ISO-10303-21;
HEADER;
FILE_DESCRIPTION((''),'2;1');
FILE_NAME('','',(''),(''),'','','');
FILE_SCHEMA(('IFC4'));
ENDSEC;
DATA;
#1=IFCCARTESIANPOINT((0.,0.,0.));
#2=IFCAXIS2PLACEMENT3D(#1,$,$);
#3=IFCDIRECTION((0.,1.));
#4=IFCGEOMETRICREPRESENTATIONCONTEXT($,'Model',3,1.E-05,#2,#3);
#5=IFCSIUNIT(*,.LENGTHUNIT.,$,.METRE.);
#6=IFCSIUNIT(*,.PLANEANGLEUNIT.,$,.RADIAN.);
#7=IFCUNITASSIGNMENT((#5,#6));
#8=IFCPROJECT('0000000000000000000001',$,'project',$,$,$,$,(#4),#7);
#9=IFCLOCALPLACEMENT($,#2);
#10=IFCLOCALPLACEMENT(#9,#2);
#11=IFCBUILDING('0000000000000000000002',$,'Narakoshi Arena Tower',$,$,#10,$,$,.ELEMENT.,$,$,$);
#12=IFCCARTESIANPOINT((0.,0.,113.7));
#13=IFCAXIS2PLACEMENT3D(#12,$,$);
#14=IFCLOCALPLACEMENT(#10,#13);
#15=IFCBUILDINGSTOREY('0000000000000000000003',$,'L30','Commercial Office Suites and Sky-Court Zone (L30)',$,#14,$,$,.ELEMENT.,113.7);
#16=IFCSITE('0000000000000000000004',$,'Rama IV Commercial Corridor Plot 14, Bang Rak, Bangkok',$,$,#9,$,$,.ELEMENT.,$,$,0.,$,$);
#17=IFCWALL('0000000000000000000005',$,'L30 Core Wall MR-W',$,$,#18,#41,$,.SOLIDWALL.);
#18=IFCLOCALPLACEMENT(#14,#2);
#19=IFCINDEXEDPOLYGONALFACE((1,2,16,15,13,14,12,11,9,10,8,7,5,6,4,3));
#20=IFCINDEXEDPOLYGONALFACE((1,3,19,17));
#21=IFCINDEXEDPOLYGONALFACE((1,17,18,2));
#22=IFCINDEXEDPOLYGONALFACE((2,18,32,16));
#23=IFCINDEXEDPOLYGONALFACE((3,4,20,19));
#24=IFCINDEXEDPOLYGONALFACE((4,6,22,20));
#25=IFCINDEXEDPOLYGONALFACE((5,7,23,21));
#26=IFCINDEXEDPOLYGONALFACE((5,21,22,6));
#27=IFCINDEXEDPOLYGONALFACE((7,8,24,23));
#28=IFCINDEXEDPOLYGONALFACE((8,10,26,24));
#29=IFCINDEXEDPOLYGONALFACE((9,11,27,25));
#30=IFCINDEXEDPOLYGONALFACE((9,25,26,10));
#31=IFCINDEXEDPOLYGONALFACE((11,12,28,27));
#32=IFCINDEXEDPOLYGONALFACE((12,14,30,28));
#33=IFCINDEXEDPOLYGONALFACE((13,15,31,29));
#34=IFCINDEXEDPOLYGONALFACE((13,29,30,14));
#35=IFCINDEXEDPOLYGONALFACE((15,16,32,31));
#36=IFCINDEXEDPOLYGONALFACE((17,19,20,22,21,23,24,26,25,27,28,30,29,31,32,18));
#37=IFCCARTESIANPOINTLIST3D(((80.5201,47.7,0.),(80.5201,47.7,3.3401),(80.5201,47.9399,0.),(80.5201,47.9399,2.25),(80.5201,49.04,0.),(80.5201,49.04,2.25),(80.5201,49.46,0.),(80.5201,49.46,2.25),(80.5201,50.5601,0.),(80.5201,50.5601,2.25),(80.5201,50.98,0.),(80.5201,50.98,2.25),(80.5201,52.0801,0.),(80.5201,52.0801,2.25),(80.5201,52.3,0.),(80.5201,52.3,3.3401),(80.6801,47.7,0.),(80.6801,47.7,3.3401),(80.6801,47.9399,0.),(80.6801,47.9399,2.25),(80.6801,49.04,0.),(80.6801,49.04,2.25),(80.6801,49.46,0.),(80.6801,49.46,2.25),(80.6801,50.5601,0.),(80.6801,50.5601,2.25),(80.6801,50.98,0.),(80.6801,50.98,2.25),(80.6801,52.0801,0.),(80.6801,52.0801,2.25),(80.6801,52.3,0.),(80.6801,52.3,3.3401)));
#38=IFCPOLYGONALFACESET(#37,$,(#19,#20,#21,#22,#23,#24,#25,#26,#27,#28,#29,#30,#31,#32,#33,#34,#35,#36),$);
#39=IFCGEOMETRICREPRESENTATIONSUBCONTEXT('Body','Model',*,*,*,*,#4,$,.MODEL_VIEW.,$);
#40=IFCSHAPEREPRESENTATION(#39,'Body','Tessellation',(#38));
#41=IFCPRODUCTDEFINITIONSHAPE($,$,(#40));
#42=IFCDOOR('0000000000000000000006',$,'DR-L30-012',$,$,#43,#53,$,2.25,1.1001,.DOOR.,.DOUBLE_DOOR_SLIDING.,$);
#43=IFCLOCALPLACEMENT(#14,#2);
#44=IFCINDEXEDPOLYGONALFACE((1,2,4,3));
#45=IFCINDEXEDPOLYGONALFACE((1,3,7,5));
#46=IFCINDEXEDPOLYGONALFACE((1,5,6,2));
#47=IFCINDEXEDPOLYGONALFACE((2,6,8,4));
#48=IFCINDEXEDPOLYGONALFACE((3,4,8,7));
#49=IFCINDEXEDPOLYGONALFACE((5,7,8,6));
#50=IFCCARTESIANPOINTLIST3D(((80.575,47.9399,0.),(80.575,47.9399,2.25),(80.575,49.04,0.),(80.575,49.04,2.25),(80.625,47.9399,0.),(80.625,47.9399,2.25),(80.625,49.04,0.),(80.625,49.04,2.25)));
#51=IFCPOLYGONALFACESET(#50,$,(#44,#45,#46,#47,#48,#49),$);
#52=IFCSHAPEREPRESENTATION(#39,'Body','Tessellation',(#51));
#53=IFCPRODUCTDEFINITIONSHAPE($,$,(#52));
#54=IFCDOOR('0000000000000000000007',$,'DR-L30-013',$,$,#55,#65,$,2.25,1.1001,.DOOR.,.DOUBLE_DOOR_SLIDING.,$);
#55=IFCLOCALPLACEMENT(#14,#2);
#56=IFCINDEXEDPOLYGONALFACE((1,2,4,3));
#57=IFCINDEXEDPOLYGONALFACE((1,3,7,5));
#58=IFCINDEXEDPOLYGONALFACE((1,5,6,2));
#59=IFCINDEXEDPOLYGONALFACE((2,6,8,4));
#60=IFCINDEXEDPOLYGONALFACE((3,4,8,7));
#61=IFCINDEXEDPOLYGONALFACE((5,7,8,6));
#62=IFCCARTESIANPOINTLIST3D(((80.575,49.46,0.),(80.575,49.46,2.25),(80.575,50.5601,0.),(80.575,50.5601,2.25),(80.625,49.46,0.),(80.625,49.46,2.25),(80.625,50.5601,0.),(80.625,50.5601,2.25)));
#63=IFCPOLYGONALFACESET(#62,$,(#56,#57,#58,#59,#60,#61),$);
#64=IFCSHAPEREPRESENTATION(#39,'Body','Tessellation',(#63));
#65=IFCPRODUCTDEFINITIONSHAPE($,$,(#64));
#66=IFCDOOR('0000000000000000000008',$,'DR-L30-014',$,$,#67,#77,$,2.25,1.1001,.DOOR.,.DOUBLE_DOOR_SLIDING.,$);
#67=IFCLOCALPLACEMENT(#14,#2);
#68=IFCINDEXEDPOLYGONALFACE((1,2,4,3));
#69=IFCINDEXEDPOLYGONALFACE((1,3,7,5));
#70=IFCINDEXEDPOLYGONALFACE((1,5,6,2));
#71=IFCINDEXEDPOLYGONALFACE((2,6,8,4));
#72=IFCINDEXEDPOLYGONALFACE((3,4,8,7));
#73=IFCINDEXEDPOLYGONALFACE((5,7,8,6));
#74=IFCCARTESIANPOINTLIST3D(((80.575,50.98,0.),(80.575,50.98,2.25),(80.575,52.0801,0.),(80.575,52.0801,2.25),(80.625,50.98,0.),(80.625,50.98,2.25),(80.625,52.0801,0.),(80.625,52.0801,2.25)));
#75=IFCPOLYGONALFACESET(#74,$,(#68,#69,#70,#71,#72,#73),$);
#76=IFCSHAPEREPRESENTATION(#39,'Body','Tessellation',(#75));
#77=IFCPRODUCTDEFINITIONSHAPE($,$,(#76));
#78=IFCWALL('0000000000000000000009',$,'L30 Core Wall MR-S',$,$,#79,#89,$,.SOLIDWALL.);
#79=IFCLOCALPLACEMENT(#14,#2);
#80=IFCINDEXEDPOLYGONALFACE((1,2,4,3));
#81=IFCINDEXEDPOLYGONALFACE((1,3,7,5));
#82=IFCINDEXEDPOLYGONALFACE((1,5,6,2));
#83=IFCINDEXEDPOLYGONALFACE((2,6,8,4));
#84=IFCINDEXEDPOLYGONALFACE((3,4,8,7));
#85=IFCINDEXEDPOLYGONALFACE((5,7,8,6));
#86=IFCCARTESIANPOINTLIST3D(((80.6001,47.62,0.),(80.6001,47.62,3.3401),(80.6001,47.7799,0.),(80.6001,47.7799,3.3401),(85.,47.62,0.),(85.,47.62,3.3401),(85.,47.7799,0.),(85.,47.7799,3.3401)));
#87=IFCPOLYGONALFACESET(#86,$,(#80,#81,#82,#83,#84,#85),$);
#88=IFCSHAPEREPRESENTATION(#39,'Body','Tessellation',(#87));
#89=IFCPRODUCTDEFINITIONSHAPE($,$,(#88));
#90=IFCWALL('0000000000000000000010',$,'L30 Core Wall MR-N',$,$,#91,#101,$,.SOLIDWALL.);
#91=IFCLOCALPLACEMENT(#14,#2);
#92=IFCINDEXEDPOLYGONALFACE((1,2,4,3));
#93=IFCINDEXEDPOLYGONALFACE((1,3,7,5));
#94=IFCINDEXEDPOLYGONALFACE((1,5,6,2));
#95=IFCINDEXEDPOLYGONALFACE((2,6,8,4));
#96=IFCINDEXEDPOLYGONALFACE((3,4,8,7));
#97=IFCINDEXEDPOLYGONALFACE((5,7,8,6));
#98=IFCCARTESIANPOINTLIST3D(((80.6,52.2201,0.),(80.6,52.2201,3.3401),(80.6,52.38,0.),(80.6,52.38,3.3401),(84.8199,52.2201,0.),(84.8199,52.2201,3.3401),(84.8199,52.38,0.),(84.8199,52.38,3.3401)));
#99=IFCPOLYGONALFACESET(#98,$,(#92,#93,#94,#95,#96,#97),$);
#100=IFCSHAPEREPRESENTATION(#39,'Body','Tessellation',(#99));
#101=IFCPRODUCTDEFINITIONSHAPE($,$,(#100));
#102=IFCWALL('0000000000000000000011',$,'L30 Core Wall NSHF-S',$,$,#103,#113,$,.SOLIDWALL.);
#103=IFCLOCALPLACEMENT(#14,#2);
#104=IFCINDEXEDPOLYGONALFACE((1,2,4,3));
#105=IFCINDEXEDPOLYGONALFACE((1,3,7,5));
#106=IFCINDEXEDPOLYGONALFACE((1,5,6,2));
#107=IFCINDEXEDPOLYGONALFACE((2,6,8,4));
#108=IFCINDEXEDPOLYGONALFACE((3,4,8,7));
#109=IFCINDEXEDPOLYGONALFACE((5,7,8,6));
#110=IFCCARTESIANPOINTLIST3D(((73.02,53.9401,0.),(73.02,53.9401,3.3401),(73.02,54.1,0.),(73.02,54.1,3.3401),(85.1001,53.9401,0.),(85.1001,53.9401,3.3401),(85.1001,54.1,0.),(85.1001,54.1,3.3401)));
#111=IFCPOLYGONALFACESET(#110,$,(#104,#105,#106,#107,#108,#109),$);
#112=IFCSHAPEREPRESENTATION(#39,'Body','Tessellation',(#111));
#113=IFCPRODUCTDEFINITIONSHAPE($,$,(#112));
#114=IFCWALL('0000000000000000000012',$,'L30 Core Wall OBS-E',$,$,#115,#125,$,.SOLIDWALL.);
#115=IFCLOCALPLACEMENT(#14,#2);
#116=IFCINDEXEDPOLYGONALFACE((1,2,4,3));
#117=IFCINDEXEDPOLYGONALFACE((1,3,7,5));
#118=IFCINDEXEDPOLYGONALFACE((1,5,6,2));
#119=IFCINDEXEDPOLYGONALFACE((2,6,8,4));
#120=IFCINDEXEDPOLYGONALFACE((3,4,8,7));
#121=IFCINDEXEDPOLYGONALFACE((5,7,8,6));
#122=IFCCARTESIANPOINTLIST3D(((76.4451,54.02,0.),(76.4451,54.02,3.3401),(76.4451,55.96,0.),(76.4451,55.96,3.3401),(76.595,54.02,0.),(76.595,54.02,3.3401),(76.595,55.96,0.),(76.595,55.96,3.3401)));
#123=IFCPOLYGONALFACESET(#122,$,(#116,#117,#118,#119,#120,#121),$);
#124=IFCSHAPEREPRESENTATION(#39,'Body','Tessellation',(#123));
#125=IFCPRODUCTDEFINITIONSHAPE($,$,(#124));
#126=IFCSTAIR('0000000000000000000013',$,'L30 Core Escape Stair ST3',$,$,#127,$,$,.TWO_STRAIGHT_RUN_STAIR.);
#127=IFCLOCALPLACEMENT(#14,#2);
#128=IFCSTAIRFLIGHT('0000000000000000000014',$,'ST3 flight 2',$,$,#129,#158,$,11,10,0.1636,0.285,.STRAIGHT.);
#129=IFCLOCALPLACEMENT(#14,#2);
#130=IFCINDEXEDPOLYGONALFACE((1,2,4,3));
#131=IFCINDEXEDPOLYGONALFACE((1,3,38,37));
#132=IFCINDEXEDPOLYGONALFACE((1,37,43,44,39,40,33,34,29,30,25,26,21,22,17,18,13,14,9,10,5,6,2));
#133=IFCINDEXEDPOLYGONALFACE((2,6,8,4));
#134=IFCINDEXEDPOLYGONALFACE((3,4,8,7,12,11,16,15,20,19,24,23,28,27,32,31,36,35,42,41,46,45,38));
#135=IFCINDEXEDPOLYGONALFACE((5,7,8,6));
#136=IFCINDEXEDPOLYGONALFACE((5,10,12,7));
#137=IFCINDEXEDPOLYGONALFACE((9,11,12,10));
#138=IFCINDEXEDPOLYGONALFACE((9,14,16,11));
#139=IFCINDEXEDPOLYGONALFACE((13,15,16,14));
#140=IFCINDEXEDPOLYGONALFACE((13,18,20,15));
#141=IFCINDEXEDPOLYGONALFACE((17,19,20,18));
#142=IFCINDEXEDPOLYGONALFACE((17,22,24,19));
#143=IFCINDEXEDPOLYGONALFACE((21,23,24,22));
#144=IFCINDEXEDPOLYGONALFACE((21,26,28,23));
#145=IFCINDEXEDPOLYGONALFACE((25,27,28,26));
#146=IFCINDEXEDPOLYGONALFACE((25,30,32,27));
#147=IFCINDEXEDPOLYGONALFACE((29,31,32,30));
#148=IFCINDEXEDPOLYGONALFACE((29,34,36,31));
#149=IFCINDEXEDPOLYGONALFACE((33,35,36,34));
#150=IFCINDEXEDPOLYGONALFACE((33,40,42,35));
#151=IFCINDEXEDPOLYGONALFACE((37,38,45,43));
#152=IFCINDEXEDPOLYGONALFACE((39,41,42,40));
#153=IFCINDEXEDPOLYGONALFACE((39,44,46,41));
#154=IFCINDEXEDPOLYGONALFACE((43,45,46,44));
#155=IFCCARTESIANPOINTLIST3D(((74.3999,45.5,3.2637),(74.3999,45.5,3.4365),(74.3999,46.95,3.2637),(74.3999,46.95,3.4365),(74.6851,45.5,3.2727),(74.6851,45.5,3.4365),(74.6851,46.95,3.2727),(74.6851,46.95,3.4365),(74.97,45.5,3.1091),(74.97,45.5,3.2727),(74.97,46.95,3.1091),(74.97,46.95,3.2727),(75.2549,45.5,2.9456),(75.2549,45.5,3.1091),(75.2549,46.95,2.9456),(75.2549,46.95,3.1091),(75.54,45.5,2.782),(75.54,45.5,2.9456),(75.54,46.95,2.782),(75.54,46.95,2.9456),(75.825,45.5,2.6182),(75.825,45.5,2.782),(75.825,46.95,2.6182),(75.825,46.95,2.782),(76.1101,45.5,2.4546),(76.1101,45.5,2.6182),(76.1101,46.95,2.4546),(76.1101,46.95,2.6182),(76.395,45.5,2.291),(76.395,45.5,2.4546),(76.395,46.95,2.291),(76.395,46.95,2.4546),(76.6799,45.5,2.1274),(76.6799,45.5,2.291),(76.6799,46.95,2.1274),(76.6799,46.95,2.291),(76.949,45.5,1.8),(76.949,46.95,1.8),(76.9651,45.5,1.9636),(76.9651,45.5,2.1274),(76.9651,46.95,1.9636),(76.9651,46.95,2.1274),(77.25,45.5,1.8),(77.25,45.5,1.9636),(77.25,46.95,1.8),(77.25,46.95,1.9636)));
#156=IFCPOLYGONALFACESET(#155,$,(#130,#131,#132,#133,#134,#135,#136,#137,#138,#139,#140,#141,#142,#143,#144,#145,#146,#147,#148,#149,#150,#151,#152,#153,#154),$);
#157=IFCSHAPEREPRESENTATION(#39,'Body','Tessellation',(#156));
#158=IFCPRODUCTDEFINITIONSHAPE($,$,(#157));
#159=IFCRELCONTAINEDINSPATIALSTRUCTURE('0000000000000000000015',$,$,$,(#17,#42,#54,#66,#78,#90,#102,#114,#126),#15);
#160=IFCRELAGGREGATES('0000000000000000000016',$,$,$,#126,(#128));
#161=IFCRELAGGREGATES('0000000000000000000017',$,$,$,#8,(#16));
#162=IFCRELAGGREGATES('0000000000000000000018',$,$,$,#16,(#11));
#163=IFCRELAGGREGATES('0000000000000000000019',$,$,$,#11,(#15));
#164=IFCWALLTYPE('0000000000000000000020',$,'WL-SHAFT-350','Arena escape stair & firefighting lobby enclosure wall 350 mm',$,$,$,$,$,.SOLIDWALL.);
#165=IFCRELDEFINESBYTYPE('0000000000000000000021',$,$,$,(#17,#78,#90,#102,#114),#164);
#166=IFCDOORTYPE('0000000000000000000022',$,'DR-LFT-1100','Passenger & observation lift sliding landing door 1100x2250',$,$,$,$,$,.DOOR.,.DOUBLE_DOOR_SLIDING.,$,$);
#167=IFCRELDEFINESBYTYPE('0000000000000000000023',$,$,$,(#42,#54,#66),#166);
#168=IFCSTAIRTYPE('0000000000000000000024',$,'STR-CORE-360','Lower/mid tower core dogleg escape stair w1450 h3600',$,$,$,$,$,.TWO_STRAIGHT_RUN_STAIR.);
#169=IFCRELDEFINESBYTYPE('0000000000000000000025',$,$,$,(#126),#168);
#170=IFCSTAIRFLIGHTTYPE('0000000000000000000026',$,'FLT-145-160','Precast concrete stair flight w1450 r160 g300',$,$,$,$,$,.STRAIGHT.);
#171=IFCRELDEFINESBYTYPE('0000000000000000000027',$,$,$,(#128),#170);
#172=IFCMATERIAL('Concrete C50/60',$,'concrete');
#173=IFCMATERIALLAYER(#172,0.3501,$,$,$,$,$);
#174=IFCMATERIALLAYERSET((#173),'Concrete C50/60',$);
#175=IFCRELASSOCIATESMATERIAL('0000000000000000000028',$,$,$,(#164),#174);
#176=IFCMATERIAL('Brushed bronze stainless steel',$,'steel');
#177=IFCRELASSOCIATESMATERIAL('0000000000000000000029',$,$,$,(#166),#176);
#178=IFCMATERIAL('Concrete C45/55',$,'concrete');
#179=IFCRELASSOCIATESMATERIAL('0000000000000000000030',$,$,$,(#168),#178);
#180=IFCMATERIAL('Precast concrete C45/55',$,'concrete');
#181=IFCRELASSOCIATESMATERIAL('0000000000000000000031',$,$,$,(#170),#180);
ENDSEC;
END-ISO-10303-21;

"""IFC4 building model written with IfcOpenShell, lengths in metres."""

from ifc_helpers import new_model, si_unit, direction, frame, frame_2d, origin, place, context, subcontext, project, spatial, polyline, rectangle, outline, extrude, material, layer, layer_set, type_object, element, fill, aggregate, save


model = new_model("IFC4")

# Units and contexts
model_context = context("Model", 3, precision=1e-05, world=origin(), true_north=direction((0.0, 1.0)))
body_context = subcontext(model_context, "Body", "Model", "MODEL_VIEW")
ifc_project = project(units=[si_unit("LENGTHUNIT", "METRE"), si_unit("PLANEANGLEUNIT", "RADIAN")], contexts=[model_context])

# Site, building, storey
site_placement = place(None, origin())
site = spatial("IfcSite", under=ifc_project, at=site_placement, Name="Rama IV Commercial Corridor Plot 14, Bang Rak, Bangkok", CompositionType="ELEMENT", RefElevation=0.0)
building_placement = place(site_placement, origin())
building = spatial("IfcBuilding", under=site, at=building_placement, Name="Narakoshi Arena Tower", CompositionType="ELEMENT")
storey_placement = place(building_placement, frame((0.0, 0.0, 113.7)))
storey = spatial("IfcBuildingStorey", under=building, at=storey_placement, Name="L30", Description="Commercial Office Suites and Sky-Court Zone (L30)", CompositionType="ELEMENT", Elevation=113.7)

# Shared definitions
ifc_material_1 = material(Name="Concrete C50/60", Category="concrete")
ifc_layer_1 = layer(ifc_material_1, 0.3501)
ifc_layer_set_1 = layer_set([ifc_layer_1], Name="Concrete C50/60")
wall_type_1 = type_object("IfcWallType", Name="WL-SHAFT-350", Description="Arena escape stair & firefighting lobby enclosure wall 350 mm", PredefinedType="SOLIDWALL", material=ifc_layer_set_1)

# Wall, openings, doors
wall_1_placement = place(storey_placement, frame((80.6001, 47.7, 0.0), z_axis=(0.0, 0.0, 1.0), x_axis=(0.0, 1.0, 0.0)))
wall_1 = element("IfcWall", 1, at=wall_1_placement, inside=storey, type_object=wall_type_1, Name="L30 Core Wall MR-W", PredefinedType="SOLIDWALL", context=body_context, shape_type="SweptSolid", body=[
    extrude(rectangle(XDim=4.6001, YDim=0.1599, at=frame_2d((2.3, 0.0))), origin(), (0.0, 0.0, 1.0), 3.3401),
])
opening_1_placement = place(wall_1_placement, frame((0.24, 0.0, 0.0)))
opening_1 = element("IfcOpeningElement", 2, at=opening_1_placement, cuts=wall_1, PredefinedType="OPENING", context=body_context, shape_type="SweptSolid", body=[
    extrude(rectangle(XDim=1.1001, YDim=2.25, at=frame_2d((0.55, 1.125))), frame((0.0, 0.0898, 0.0), z_axis=(0.0, -1.0, 0.0), x_axis=(1.0, 0.0, 0.0)), (0.0, 0.0, 1.0), 0.1799),
])
opening_2_placement = place(wall_1_placement, frame((1.76, 0.0, 0.0)))
opening_2 = element("IfcOpeningElement", 3, at=opening_2_placement, cuts=wall_1, PredefinedType="OPENING", context=body_context, shape_type="SweptSolid", body=[
    extrude(rectangle(XDim=1.1001, YDim=2.25, at=frame_2d((0.55, 1.125))), frame((0.0, 0.0898, 0.0), z_axis=(0.0, -1.0, 0.0), x_axis=(1.0, 0.0, 0.0)), (0.0, 0.0, 1.0), 0.1799),
])
opening_3_placement = place(wall_1_placement, frame((3.28, 0.0, 0.0)))
opening_3 = element("IfcOpeningElement", 4, at=opening_3_placement, cuts=wall_1, PredefinedType="OPENING", context=body_context, shape_type="SweptSolid", body=[
    extrude(rectangle(XDim=1.1001, YDim=2.25, at=frame_2d((0.55, 1.125))), frame((0.0, 0.0898, 0.0), z_axis=(0.0, -1.0, 0.0), x_axis=(1.0, 0.0, 0.0)), (0.0, 0.0, 1.0), 0.1799),
])
ifc_material_2 = material(Name="Brushed bronze stainless steel", Category="steel")
door_type_1 = type_object("IfcDoorType", Name="DR-LFT-1100", Description="Passenger & observation lift sliding landing door 1100x2250", OperationType="DOUBLE_DOOR_SLIDING", PredefinedType="DOOR", material=ifc_material_2)
door_1_placement = place(opening_1_placement, frame((1.1001, 0.0, 0.0), z_axis=(0.0, 0.0, 1.0), x_axis=(-1.0, 0.0, 0.0)))
door_1 = element("IfcDoor", 5, at=door_1_placement, inside=storey, type_object=door_type_1, Name="DR-L30-012", OperationType="DOUBLE_DOOR_SLIDING", OverallHeight=2.25, OverallWidth=1.1001, PredefinedType="DOOR", context=body_context, shape_type="SweptSolid", body=[
    extrude(rectangle(XDim=1.1001, YDim=2.25, at=frame_2d((0.55, 1.125))), frame((0.0, 0.0249, 0.0), z_axis=(0.0, -1.0, 0.0), x_axis=(1.0, 0.0, 0.0)), (0.0, 0.0, 1.0), 0.05),
])
fill(opening_1, door_1)
door_2_placement = place(opening_2_placement, frame((1.1001, 0.0, 0.0), z_axis=(0.0, 0.0, 1.0), x_axis=(-1.0, 0.0, 0.0)))
door_2 = element("IfcDoor", 6, at=door_2_placement, inside=storey, type_object=door_type_1, Name="DR-L30-013", OperationType="DOUBLE_DOOR_SLIDING", OverallHeight=2.25, OverallWidth=1.1001, PredefinedType="DOOR", context=body_context, shape_type="SweptSolid", body=[
    extrude(rectangle(XDim=1.1001, YDim=2.25, at=frame_2d((0.55, 1.125))), frame((0.0, 0.0249, 0.0), z_axis=(0.0, -1.0, 0.0), x_axis=(1.0, 0.0, 0.0)), (0.0, 0.0, 1.0), 0.05),
])
fill(opening_2, door_2)
door_3_placement = place(opening_3_placement, frame((1.1001, 0.0, 0.0), z_axis=(0.0, 0.0, 1.0), x_axis=(-1.0, 0.0, 0.0)))
door_3 = element("IfcDoor", 7, at=door_3_placement, inside=storey, type_object=door_type_1, Name="DR-L30-014", OperationType="DOUBLE_DOOR_SLIDING", OverallHeight=2.25, OverallWidth=1.1001, PredefinedType="DOOR", context=body_context, shape_type="SweptSolid", body=[
    extrude(rectangle(XDim=1.1001, YDim=2.25, at=frame_2d((0.55, 1.125))), frame((0.0, 0.0249, 0.0), z_axis=(0.0, -1.0, 0.0), x_axis=(1.0, 0.0, 0.0)), (0.0, 0.0, 1.0), 0.05),
])
fill(opening_3, door_3)

# Walls
wall_2_placement = place(storey_placement, frame((80.6001, 47.7, 0.0), z_axis=(0.0, 0.0, 1.0), x_axis=(1.0, 0.0, 0.0)))
element("IfcWall", 8, at=wall_2_placement, inside=storey, type_object=wall_type_1, Name="L30 Core Wall MR-S", PredefinedType="SOLIDWALL", context=body_context, shape_type="SweptSolid", body=[
    extrude(rectangle(XDim=4.3999, YDim=0.1599, at=frame_2d((2.2, 0.0))), origin(), (0.0, 0.0, 1.0), 3.3401),
])
wall_3_placement = place(storey_placement, frame((80.6001, 52.3, 0.0), z_axis=(0.0, 0.0, 1.0), x_axis=(1.0, 0.0, 0.0)))
element("IfcWall", 9, at=wall_3_placement, inside=storey, type_object=wall_type_1, Name="L30 Core Wall MR-N", PredefinedType="SOLIDWALL", context=body_context, shape_type="SweptSolid", body=[
    extrude(rectangle(XDim=4.22, YDim=0.1599, at=frame_2d((2.1099, 0.0))), origin(), (0.0, 0.0, 1.0), 3.3401),
])
wall_4_placement = place(storey_placement, frame((73.02, 54.02, 0.0), z_axis=(0.0, 0.0, 1.0), x_axis=(1.0, 0.0, 0.0)))
element("IfcWall", 10, at=wall_4_placement, inside=storey, type_object=wall_type_1, Name="L30 Core Wall NSHF-S", PredefinedType="SOLIDWALL", context=body_context, shape_type="SweptSolid", body=[
    extrude(rectangle(XDim=12.0801, YDim=0.1599, at=frame_2d((6.04, 0.0))), origin(), (0.0, 0.0, 1.0), 3.3401),
])
wall_5_placement = place(storey_placement, frame((76.52, 54.02, 0.0), z_axis=(0.0, 0.0, 1.0), x_axis=(0.0, 1.0, 0.0)))
element("IfcWall", 11, at=wall_5_placement, inside=storey, type_object=wall_type_1, Name="L30 Core Wall OBS-E", PredefinedType="SOLIDWALL", context=body_context, shape_type="SweptSolid", body=[
    extrude(rectangle(XDim=1.9399, YDim=0.1499, at=frame_2d((0.97, 0.0))), origin(), (0.0, 0.0, 1.0), 3.3401),
])

# Stair, stair flight
ifc_material_3 = material(Name="Concrete C45/55", Category="concrete")
stair_type = type_object("IfcStairType", Name="STR-CORE-360", Description="Lower/mid tower core dogleg escape stair w1450 h3600", PredefinedType="TWO_STRAIGHT_RUN_STAIR", material=ifc_material_3)
stair_placement = place(storey_placement, origin())
stair = element("IfcStair", 12, at=stair_placement, inside=storey, type_object=stair_type, Name="L30 Core Escape Stair ST3", PredefinedType="TWO_STRAIGHT_RUN_STAIR")
ifc_material_4 = material(Name="Precast concrete C45/55", Category="concrete")
stair_flight_type = type_object("IfcStairFlightType", Name="FLT-145-160", Description="Precast concrete stair flight w1450 r160 g300", PredefinedType="STRAIGHT", material=ifc_material_4)
stair_flight_placement = place(storey_placement, frame((77.25, 46.2251, 1.8), z_axis=(0.0, 0.0, 1.0), x_axis=(-1.0, 0.0, 0.0)))
stair_flight = element("IfcStairFlight", 13, at=stair_flight_placement, type_object=stair_flight_type, Name="ST3 flight 2", NumberOfRisers=11, NumberOfTreads=10, PredefinedType="STRAIGHT", RiserHeight=0.1636, TreadLength=0.285, context=body_context, shape_type="SweptSolid", body=[
    extrude(outline(polyline([(0.0, 0.0), (0.0, 0.1636), (0.2849, 0.1636), (0.2849, 0.3274), (0.5701, 0.3274), (0.5701, 0.491), (0.855, 0.491), (0.855, 0.6545), (1.1399, 0.6545), (1.1399, 0.8181), (1.425, 0.8181), (1.425, 0.9819), (1.71, 0.9819), (1.71, 1.1455), (1.9951, 1.1455), (1.9951, 1.3091), (2.28, 1.3091), (2.28, 1.4727), (2.5649, 1.4727), (2.5649, 1.6365), (2.8501, 1.6365), (2.8501, 1.8), (2.8501, 1.4636), (0.301, 0.0), (0.0, 0.0)])), frame((0.0, 0.7251, 0.0), z_axis=(0.0, -1.0, 0.0), x_axis=(1.0, 0.0, 0.0)), (0.0, 0.0, 1.0), 1.45),
])
aggregate(stair, [stair_flight])

save(model, "model.ifc")
